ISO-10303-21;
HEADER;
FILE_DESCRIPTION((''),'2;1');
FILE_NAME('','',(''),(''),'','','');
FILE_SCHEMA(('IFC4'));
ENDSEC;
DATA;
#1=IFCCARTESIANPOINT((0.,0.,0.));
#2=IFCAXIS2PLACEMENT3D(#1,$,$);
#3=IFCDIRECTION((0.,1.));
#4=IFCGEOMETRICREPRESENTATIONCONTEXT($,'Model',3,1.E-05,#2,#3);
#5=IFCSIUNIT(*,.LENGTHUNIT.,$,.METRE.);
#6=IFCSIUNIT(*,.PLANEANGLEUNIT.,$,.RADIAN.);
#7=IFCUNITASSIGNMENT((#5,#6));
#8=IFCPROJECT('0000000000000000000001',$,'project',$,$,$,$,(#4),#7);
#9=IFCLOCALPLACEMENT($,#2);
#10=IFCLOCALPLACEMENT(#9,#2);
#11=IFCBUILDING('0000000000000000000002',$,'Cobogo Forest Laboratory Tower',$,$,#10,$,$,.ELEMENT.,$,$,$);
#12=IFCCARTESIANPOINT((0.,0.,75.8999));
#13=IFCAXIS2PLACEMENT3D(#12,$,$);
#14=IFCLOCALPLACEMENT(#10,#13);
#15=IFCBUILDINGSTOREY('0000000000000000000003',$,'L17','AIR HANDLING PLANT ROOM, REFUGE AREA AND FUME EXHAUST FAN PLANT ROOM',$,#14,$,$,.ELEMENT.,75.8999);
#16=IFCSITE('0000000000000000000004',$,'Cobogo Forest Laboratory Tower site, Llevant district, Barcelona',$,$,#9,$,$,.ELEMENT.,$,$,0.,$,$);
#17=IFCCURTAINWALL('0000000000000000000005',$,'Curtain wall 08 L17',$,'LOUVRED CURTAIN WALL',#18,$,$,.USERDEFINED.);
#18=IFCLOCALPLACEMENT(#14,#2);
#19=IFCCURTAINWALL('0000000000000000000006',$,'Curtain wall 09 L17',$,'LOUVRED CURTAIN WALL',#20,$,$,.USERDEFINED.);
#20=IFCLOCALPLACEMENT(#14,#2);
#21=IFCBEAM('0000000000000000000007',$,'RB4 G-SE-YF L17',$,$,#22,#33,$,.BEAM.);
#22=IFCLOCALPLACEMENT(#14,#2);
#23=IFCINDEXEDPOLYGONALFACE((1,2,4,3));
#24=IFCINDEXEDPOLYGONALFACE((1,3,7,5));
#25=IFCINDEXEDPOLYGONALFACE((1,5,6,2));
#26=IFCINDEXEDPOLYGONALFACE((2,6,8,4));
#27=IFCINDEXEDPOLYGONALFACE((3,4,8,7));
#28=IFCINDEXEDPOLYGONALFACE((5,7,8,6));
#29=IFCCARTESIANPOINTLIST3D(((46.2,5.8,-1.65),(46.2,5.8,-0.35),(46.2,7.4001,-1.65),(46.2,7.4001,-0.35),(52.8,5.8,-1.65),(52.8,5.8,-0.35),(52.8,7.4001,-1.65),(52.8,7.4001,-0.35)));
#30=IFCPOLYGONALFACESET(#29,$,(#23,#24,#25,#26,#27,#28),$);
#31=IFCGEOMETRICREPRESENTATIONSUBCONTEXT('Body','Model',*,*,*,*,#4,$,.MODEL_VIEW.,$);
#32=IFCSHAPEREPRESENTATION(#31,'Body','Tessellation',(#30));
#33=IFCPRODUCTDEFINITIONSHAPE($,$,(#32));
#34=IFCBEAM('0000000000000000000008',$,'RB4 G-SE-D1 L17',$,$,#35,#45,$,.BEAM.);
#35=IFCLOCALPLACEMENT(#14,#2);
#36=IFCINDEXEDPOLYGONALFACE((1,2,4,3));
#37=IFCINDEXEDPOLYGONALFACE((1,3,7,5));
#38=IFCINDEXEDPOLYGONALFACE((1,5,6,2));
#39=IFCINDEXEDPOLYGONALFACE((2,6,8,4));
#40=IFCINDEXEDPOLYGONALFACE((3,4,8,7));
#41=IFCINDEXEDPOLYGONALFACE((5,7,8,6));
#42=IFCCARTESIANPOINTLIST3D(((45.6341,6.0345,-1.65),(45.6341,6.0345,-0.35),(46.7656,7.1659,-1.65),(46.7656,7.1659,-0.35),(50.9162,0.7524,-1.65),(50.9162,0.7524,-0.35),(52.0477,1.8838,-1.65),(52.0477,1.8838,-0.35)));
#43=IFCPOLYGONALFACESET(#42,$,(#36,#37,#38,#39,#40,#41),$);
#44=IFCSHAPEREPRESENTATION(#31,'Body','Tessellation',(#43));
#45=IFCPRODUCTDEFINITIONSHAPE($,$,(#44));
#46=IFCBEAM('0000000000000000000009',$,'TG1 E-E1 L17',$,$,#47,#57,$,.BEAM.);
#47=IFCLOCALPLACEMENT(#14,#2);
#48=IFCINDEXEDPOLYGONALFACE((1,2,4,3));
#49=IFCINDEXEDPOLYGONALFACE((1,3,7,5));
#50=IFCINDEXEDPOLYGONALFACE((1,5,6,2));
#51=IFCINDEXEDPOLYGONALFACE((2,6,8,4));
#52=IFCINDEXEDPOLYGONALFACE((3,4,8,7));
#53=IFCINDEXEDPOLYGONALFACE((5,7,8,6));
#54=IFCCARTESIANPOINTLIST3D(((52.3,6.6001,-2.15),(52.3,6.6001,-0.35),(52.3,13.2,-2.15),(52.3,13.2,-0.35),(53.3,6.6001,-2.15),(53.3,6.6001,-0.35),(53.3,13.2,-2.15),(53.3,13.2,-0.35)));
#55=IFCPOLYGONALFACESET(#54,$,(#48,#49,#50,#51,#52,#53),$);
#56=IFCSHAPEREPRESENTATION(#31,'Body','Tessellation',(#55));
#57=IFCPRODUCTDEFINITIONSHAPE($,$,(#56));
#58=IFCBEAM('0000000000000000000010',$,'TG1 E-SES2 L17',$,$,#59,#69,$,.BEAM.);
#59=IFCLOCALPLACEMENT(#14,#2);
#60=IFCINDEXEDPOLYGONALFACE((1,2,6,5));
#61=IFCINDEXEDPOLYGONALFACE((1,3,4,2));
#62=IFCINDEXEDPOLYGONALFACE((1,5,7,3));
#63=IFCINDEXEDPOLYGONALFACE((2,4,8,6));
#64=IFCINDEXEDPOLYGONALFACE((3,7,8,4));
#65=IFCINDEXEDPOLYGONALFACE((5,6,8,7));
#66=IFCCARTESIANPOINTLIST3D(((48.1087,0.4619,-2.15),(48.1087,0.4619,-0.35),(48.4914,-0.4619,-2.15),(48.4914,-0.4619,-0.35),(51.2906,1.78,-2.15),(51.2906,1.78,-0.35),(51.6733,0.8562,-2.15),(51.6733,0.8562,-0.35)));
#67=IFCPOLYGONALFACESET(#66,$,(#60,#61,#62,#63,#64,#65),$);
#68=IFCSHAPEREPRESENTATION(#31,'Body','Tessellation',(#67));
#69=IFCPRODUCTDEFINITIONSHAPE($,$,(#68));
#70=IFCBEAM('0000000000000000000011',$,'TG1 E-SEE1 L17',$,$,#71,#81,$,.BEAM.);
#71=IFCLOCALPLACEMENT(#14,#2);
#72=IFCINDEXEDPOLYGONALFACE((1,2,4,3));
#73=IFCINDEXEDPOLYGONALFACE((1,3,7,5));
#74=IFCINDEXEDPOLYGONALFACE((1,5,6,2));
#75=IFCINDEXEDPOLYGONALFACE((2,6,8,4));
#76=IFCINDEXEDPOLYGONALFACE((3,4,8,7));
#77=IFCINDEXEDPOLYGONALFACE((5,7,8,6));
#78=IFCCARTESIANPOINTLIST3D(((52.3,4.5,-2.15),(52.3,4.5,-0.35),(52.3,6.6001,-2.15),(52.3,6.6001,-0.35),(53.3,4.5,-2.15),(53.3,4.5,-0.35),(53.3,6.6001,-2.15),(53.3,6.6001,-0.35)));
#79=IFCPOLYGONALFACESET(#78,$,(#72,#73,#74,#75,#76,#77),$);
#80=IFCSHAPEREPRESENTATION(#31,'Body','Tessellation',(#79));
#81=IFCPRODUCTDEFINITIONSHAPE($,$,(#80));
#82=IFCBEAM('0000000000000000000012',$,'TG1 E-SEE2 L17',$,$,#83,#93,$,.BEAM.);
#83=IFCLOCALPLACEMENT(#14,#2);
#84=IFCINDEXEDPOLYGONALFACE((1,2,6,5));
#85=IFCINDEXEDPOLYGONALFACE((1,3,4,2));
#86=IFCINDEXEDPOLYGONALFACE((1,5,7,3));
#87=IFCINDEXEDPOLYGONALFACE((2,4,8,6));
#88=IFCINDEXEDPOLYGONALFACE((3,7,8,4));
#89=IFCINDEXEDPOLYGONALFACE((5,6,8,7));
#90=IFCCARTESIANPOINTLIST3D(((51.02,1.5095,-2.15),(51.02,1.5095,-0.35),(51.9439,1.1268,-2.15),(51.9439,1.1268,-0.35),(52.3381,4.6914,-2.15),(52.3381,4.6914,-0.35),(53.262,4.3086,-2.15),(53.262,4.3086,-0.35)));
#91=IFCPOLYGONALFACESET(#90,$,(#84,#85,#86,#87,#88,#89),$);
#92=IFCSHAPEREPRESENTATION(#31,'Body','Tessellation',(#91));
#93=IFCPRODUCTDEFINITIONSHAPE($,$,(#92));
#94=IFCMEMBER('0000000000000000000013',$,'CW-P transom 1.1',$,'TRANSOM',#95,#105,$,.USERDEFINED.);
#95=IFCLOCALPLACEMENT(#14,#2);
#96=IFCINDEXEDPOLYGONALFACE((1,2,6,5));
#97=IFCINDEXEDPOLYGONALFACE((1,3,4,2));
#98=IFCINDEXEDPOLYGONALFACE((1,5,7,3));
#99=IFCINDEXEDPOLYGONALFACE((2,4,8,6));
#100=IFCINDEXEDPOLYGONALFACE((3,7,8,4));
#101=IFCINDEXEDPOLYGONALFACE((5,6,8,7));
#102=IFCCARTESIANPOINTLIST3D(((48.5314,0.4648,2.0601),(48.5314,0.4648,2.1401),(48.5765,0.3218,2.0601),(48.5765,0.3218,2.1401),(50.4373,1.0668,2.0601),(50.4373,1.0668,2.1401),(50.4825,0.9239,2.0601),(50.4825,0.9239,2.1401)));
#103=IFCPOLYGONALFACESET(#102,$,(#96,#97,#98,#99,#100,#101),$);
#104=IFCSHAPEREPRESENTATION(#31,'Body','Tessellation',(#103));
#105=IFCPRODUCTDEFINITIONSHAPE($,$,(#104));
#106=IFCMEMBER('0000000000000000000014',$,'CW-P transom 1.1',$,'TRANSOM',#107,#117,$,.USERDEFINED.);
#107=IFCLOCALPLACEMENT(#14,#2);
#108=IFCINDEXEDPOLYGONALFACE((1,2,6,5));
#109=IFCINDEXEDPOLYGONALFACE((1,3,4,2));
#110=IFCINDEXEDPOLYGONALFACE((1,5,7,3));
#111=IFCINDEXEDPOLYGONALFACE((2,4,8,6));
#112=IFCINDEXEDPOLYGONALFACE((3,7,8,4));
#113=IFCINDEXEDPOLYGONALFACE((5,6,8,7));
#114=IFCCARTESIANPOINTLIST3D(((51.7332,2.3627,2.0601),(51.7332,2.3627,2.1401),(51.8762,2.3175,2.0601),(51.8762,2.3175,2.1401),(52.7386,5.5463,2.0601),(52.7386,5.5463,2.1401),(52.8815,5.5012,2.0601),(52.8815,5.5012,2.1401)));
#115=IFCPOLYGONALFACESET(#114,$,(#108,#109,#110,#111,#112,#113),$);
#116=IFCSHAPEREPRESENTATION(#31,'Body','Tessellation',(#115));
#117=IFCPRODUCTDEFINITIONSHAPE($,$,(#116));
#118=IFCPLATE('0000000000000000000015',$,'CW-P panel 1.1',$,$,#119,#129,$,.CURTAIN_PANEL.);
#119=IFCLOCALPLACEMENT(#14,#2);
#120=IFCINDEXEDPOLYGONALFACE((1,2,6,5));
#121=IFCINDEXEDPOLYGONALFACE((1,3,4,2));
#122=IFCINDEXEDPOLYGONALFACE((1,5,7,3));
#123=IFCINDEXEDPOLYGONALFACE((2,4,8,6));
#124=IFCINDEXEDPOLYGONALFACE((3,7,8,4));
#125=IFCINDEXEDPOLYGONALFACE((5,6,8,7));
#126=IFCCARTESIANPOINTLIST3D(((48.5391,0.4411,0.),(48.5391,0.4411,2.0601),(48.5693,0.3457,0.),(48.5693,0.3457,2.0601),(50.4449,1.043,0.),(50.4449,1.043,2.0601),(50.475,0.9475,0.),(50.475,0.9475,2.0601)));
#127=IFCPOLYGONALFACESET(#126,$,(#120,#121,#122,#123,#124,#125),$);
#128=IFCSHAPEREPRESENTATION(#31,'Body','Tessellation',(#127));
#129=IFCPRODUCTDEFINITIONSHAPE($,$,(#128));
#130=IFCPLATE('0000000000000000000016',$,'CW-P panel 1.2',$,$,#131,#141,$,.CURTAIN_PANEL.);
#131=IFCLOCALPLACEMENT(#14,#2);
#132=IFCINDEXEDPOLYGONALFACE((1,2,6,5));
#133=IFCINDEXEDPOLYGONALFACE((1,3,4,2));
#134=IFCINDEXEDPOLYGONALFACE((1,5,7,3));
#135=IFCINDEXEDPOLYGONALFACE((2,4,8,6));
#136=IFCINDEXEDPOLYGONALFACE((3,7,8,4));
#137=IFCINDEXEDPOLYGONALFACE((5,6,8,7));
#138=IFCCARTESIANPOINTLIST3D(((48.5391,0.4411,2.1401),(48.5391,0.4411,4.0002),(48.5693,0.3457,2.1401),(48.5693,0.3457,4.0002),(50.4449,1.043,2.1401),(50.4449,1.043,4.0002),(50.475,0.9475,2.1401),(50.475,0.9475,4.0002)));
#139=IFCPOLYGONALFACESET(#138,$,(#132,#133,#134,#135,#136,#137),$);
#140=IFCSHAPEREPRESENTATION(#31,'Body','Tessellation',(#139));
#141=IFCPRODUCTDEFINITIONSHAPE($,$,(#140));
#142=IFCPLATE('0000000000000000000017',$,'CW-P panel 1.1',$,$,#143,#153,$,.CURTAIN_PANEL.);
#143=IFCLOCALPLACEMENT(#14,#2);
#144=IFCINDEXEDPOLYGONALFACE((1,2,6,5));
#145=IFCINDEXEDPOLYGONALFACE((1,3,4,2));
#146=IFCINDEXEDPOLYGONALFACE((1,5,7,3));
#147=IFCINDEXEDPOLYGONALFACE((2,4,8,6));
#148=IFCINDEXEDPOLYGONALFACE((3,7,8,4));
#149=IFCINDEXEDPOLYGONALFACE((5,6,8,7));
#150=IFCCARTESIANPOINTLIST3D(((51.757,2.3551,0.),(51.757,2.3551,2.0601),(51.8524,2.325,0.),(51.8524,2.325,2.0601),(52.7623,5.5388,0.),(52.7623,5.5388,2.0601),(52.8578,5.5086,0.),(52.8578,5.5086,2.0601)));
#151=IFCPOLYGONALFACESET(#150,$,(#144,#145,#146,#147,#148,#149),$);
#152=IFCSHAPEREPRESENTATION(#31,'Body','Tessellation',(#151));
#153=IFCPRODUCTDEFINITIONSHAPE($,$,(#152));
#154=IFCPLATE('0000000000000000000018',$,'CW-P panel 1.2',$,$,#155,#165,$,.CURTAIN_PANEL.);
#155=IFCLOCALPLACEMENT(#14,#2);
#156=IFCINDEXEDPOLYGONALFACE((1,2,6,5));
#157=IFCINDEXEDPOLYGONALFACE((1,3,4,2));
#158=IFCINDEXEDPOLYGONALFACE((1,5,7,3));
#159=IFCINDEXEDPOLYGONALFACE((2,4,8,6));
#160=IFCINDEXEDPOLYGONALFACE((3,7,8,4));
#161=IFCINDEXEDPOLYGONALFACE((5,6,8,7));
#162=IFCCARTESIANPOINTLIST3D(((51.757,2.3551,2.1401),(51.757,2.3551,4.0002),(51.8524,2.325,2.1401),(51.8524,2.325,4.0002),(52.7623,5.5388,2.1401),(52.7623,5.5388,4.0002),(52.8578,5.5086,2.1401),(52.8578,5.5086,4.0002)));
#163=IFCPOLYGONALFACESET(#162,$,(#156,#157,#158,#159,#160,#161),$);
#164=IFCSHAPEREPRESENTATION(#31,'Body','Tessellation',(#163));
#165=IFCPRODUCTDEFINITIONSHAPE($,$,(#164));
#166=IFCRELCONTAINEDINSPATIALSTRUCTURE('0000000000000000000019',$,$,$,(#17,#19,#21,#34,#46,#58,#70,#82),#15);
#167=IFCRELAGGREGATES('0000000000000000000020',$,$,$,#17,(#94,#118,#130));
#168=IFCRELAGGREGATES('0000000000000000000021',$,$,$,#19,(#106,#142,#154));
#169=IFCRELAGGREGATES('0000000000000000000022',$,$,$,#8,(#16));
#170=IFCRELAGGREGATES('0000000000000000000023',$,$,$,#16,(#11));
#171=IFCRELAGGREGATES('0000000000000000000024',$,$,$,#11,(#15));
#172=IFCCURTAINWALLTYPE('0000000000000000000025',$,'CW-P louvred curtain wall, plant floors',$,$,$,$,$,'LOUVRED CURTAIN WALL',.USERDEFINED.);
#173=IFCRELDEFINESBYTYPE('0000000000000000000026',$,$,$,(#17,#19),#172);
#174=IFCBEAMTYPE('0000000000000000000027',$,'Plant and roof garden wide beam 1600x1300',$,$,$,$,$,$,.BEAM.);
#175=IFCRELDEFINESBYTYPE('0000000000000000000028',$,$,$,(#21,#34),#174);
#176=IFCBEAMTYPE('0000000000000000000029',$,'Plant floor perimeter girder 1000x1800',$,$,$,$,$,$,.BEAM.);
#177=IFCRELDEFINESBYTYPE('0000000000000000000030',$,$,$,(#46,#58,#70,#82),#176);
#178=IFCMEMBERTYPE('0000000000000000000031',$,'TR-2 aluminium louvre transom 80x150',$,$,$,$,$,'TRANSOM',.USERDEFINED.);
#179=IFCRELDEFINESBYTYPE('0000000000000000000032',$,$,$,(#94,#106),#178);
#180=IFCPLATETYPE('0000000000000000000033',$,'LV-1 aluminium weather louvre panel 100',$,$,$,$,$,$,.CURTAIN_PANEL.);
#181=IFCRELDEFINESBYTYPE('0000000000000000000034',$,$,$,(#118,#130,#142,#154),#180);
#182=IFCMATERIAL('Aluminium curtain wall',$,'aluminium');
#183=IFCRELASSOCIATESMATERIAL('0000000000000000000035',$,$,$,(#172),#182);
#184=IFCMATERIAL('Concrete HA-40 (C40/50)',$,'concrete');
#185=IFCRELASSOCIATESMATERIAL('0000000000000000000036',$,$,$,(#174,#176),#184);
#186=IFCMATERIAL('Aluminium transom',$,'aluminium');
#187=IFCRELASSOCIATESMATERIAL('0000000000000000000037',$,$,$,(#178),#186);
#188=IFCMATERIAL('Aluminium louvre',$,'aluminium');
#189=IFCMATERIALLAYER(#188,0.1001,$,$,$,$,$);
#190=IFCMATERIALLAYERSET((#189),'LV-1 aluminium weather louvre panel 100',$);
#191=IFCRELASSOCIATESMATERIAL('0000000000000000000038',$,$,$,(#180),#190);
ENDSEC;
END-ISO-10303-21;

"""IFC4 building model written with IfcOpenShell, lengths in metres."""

from ifc_helpers import new_model, si_unit, direction, frame, origin, origin_2d, place, context, subcontext, project, spatial, rectangle, extrude, material, layer, layer_set, material_profile, profile_set, type_object, element, aggregate, save


model = new_model("IFC4")

# Units and contexts
model_context = context("Model", 3, precision=1e-05, world=origin(), true_north=direction((0.0, 1.0)))
body_context = subcontext(model_context, "Body", "Model", "MODEL_VIEW")
ifc_project = project(units=[si_unit("LENGTHUNIT", "METRE"), si_unit("PLANEANGLEUNIT", "RADIAN")], contexts=[model_context])

# Site, building, storey
site_placement = place(None, origin())
site = spatial("IfcSite", under=ifc_project, at=site_placement, Name="Cobogo Forest Laboratory Tower site, Llevant district, Barcelona", CompositionType="ELEMENT", RefElevation=0.0)
building_placement = place(site_placement, origin())
building = spatial("IfcBuilding", under=site, at=building_placement, Name="Cobogo Forest Laboratory Tower", CompositionType="ELEMENT")
storey_placement = place(building_placement, frame((0.0, 0.0, 75.8999)))
storey = spatial("IfcBuildingStorey", under=building, at=storey_placement, Name="L17", Description="AIR HANDLING PLANT ROOM, REFUGE AREA AND FUME EXHAUST FAN PLANT ROOM", CompositionType="ELEMENT", Elevation=75.8999)

# Shared definitions
ifc_material_1 = material(Name="Aluminium curtain wall", Category="aluminium")
curtain_wall_type = type_object("IfcCurtainWallType", Name="CW-P louvred curtain wall, plant floors", ElementType="LOUVRED CURTAIN WALL", PredefinedType="USERDEFINED", material=ifc_material_1)

# Curtain walls
curtain_wall_1_placement = place(storey_placement, origin())
curtain_wall_1 = element("IfcCurtainWall", 1, at=curtain_wall_1_placement, inside=storey, type_object=curtain_wall_type, Name="Curtain wall 08 L17", ObjectType="LOUVRED CURTAIN WALL", PredefinedType="USERDEFINED")
curtain_wall_2_placement = place(storey_placement, origin())
curtain_wall_2 = element("IfcCurtainWall", 2, at=curtain_wall_2_placement, inside=storey, type_object=curtain_wall_type, Name="Curtain wall 09 L17", ObjectType="LOUVRED CURTAIN WALL", PredefinedType="USERDEFINED")

# Beams
ifc_material_2 = material(Name="Concrete HA-40 (C40/50)", Category="concrete")
ifc_material_profile_1 = material_profile(ifc_material_2, rectangle(XDim=1.6001, YDim=1.3, at=origin_2d()), Name="RC 1600x1300")
ifc_profile_set_1 = profile_set([ifc_material_profile_1], Name="Concrete HA-40 (C40/50)")
beam_type_1 = type_object("IfcBeamType", Name="Plant and roof garden wide beam 1600x1300", PredefinedType="BEAM", material=ifc_profile_set_1)
beam_1_placement = place(storey_placement, frame((52.8, 6.6001, -1.0), z_axis=(-1.0, 0.0, 0.0), x_axis=(0.0, -1.0, 0.0)))
element("IfcBeam", 3, at=beam_1_placement, inside=storey, type_object=beam_type_1, Name="RB4 G-SE-YF L17", PredefinedType="BEAM", context=body_context, shape_type="SweptSolid", body=[
    extrude(rectangle(XDim=1.6001, YDim=1.3, at=origin_2d()), origin(), (0.0, 0.0, 1.0), 6.6001),
])
beam_2_placement = place(storey_placement, frame((51.4819, 1.3181, -1.0), z_axis=(-0.707107, 0.707107, 0.0), x_axis=(-0.707107, -0.707107, 0.0)))
element("IfcBeam", 4, at=beam_2_placement, inside=storey, type_object=beam_type_1, Name="RB4 G-SE-D1 L17", PredefinedType="BEAM", context=body_context, shape_type="SweptSolid", body=[
    extrude(rectangle(XDim=1.6001, YDim=1.3, at=origin_2d()), origin(), (0.0, 0.0, 1.0), 7.47),
])
ifc_material_profile_2 = material_profile(ifc_material_2, rectangle(XDim=1.0, YDim=1.8, at=origin_2d()), Name="RC 1000x1800")
ifc_profile_set_2 = profile_set([ifc_material_profile_2], Name="Concrete HA-40 (C40/50)")
beam_type_2 = type_object("IfcBeamType", Name="Plant floor perimeter girder 1000x1800", PredefinedType="BEAM", material=ifc_profile_set_2)
beam_3_placement = place(storey_placement, frame((52.8, 6.6001, -1.25), z_axis=(0.0, 1.0, 0.0), x_axis=(-1.0, 0.0, 0.0)))
element("IfcBeam", 5, at=beam_3_placement, inside=storey, type_object=beam_type_2, Name="TG1 E-E1 L17", PredefinedType="BEAM", context=body_context, shape_type="SweptSolid", body=[
    extrude(rectangle(XDim=1.0, YDim=1.8, at=origin_2d()), origin(), (0.0, 0.0, 1.0), 6.5999),
])
beam_4_placement = place(storey_placement, frame((48.3, 0.0, -1.25), z_axis=(0.923866, 0.382717, 0.0), x_axis=(-0.382717, 0.923866, 0.0)))
element("IfcBeam", 6, at=beam_4_placement, inside=storey, type_object=beam_type_2, Name="TG1 E-SES2 L17", PredefinedType="BEAM", context=body_context, shape_type="SweptSolid", body=[
    extrude(rectangle(XDim=1.0, YDim=1.8, at=origin_2d()), origin(), (0.0, 0.0, 1.0), 3.4441),
])
beam_5_placement = place(storey_placement, frame((52.8, 6.6001, -1.25), z_axis=(0.0, -1.0, 0.0), x_axis=(1.0, 0.0, 0.0)))
element("IfcBeam", 7, at=beam_5_placement, inside=storey, type_object=beam_type_2, Name="TG1 E-SEE1 L17", PredefinedType="BEAM", context=body_context, shape_type="SweptSolid", body=[
    extrude(rectangle(XDim=1.0, YDim=1.8, at=origin_2d()), origin(), (0.0, 0.0, 1.0), 2.1001),
])
beam_6_placement = place(storey_placement, frame((52.8, 4.5, -1.25), z_axis=(-0.382717, -0.923866, 0.0), x_axis=(0.923866, -0.382717, 0.0)))
element("IfcBeam", 8, at=beam_6_placement, inside=storey, type_object=beam_type_2, Name="TG1 E-SEE2 L17", PredefinedType="BEAM", context=body_context, shape_type="SweptSolid", body=[
    extrude(rectangle(XDim=1.0, YDim=1.8, at=origin_2d()), origin(), (0.0, 0.0, 1.0), 3.4441),
])

# Members
ifc_material_3 = material(Name="Aluminium transom", Category="aluminium")
ifc_material_profile_3 = material_profile(ifc_material_3, rectangle(XDim=0.1499, YDim=0.0801, at=origin_2d()), Name="AL 80x150")
ifc_profile_set_3 = profile_set([ifc_material_profile_3], Name="Aluminium transom")
member_type_1 = type_object("IfcMemberType", Name="TR-2 aluminium louvre transom 80x150", ElementType="TRANSOM", PredefinedType="USERDEFINED", material=ifc_profile_set_3)
member_1_placement = place(storey_placement, frame((48.554, 0.3933, 2.1001), z_axis=(0.953561, 0.301202, 0.0), x_axis=(-0.301202, 0.953561, 0.0)))
member_1 = element("IfcMember", 9, at=member_1_placement, type_object=member_type_1, Name="CW-P transom 1.1", ObjectType="TRANSOM", PredefinedType="USERDEFINED", context=body_context, shape_type="SweptSolid", body=[
    extrude(rectangle(XDim=0.1499, YDim=0.0801, at=origin_2d()), origin(), (0.0, 0.0, 1.0), 1.9988),
])
member_2_placement = place(storey_placement, frame((51.8047, 2.3401, 2.1001), z_axis=(0.301138, 0.95358, 0.0), x_axis=(-0.95358, 0.301138, 0.0)))
member_2 = element("IfcMember", 10, at=member_2_placement, type_object=member_type_1, Name="CW-P transom 1.1", ObjectType="TRANSOM", PredefinedType="USERDEFINED", context=body_context, shape_type="SweptSolid", body=[
    extrude(rectangle(XDim=0.1499, YDim=0.0801, at=origin_2d()), origin(), (0.0, 0.0, 1.0), 3.3386),
])

# Plates
ifc_material_4 = material(Name="Aluminium louvre", Category="aluminium")
ifc_layer = layer(ifc_material_4, 0.1001)
ifc_layer_set = layer_set([ifc_layer], Name="LV-1 aluminium weather louvre panel 100")
plate_type = type_object("IfcPlateType", Name="LV-1 aluminium weather louvre panel 100", PredefinedType="CURTAIN_PANEL", material=ifc_layer_set)
plate_1_placement = place(storey_placement, frame((49.5071, 0.6943, 0.0), z_axis=(0.0, 0.0, 1.0), x_axis=(0.953581, 0.301136, 0.0)))
plate_1 = element("IfcPlate", 11, at=plate_1_placement, type_object=plate_type, Name="CW-P panel 1.1", PredefinedType="CURTAIN_PANEL", context=body_context, shape_type="SweptSolid", body=[
    extrude(rectangle(XDim=1.9985, YDim=0.1001, at=origin_2d()), origin(), (0.0, 0.0, 1.0), 2.0601),
])
plate_2_placement = place(storey_placement, frame((49.5071, 0.6943, 2.1401), z_axis=(0.0, 0.0, 1.0), x_axis=(0.953581, 0.301136, 0.0)))
plate_2 = element("IfcPlate", 12, at=plate_2_placement, type_object=plate_type, Name="CW-P panel 1.2", PredefinedType="CURTAIN_PANEL", context=body_context, shape_type="SweptSolid", body=[
    extrude(rectangle(XDim=1.9985, YDim=0.1001, at=origin_2d()), origin(), (0.0, 0.0, 1.0), 1.8601),
])
aggregate(curtain_wall_1, [member_1, plate_1, plate_2])
plate_3_placement = place(storey_placement, frame((52.3074, 3.9319, 0.0), z_axis=(0.0, 0.0, 1.0), x_axis=(0.301136, 0.953581, 0.0)))
plate_3 = element("IfcPlate", 13, at=plate_3_placement, type_object=plate_type, Name="CW-P panel 1.1", PredefinedType="CURTAIN_PANEL", context=body_context, shape_type="SweptSolid", body=[
    extrude(rectangle(XDim=3.3386, YDim=0.1001, at=origin_2d()), origin(), (0.0, 0.0, 1.0), 2.0601),
])
plate_4_placement = place(storey_placement, frame((52.3074, 3.9319, 2.1401), z_axis=(0.0, 0.0, 1.0), x_axis=(0.301136, 0.953581, 0.0)))
plate_4 = element("IfcPlate", 14, at=plate_4_placement, type_object=plate_type, Name="CW-P panel 1.2", PredefinedType="CURTAIN_PANEL", context=body_context, shape_type="SweptSolid", body=[
    extrude(rectangle(XDim=3.3386, YDim=0.1001, at=origin_2d()), origin(), (0.0, 0.0, 1.0), 1.8601),
])
aggregate(curtain_wall_2, [member_2, plate_3, plate_4])

save(model, "model.ifc")
